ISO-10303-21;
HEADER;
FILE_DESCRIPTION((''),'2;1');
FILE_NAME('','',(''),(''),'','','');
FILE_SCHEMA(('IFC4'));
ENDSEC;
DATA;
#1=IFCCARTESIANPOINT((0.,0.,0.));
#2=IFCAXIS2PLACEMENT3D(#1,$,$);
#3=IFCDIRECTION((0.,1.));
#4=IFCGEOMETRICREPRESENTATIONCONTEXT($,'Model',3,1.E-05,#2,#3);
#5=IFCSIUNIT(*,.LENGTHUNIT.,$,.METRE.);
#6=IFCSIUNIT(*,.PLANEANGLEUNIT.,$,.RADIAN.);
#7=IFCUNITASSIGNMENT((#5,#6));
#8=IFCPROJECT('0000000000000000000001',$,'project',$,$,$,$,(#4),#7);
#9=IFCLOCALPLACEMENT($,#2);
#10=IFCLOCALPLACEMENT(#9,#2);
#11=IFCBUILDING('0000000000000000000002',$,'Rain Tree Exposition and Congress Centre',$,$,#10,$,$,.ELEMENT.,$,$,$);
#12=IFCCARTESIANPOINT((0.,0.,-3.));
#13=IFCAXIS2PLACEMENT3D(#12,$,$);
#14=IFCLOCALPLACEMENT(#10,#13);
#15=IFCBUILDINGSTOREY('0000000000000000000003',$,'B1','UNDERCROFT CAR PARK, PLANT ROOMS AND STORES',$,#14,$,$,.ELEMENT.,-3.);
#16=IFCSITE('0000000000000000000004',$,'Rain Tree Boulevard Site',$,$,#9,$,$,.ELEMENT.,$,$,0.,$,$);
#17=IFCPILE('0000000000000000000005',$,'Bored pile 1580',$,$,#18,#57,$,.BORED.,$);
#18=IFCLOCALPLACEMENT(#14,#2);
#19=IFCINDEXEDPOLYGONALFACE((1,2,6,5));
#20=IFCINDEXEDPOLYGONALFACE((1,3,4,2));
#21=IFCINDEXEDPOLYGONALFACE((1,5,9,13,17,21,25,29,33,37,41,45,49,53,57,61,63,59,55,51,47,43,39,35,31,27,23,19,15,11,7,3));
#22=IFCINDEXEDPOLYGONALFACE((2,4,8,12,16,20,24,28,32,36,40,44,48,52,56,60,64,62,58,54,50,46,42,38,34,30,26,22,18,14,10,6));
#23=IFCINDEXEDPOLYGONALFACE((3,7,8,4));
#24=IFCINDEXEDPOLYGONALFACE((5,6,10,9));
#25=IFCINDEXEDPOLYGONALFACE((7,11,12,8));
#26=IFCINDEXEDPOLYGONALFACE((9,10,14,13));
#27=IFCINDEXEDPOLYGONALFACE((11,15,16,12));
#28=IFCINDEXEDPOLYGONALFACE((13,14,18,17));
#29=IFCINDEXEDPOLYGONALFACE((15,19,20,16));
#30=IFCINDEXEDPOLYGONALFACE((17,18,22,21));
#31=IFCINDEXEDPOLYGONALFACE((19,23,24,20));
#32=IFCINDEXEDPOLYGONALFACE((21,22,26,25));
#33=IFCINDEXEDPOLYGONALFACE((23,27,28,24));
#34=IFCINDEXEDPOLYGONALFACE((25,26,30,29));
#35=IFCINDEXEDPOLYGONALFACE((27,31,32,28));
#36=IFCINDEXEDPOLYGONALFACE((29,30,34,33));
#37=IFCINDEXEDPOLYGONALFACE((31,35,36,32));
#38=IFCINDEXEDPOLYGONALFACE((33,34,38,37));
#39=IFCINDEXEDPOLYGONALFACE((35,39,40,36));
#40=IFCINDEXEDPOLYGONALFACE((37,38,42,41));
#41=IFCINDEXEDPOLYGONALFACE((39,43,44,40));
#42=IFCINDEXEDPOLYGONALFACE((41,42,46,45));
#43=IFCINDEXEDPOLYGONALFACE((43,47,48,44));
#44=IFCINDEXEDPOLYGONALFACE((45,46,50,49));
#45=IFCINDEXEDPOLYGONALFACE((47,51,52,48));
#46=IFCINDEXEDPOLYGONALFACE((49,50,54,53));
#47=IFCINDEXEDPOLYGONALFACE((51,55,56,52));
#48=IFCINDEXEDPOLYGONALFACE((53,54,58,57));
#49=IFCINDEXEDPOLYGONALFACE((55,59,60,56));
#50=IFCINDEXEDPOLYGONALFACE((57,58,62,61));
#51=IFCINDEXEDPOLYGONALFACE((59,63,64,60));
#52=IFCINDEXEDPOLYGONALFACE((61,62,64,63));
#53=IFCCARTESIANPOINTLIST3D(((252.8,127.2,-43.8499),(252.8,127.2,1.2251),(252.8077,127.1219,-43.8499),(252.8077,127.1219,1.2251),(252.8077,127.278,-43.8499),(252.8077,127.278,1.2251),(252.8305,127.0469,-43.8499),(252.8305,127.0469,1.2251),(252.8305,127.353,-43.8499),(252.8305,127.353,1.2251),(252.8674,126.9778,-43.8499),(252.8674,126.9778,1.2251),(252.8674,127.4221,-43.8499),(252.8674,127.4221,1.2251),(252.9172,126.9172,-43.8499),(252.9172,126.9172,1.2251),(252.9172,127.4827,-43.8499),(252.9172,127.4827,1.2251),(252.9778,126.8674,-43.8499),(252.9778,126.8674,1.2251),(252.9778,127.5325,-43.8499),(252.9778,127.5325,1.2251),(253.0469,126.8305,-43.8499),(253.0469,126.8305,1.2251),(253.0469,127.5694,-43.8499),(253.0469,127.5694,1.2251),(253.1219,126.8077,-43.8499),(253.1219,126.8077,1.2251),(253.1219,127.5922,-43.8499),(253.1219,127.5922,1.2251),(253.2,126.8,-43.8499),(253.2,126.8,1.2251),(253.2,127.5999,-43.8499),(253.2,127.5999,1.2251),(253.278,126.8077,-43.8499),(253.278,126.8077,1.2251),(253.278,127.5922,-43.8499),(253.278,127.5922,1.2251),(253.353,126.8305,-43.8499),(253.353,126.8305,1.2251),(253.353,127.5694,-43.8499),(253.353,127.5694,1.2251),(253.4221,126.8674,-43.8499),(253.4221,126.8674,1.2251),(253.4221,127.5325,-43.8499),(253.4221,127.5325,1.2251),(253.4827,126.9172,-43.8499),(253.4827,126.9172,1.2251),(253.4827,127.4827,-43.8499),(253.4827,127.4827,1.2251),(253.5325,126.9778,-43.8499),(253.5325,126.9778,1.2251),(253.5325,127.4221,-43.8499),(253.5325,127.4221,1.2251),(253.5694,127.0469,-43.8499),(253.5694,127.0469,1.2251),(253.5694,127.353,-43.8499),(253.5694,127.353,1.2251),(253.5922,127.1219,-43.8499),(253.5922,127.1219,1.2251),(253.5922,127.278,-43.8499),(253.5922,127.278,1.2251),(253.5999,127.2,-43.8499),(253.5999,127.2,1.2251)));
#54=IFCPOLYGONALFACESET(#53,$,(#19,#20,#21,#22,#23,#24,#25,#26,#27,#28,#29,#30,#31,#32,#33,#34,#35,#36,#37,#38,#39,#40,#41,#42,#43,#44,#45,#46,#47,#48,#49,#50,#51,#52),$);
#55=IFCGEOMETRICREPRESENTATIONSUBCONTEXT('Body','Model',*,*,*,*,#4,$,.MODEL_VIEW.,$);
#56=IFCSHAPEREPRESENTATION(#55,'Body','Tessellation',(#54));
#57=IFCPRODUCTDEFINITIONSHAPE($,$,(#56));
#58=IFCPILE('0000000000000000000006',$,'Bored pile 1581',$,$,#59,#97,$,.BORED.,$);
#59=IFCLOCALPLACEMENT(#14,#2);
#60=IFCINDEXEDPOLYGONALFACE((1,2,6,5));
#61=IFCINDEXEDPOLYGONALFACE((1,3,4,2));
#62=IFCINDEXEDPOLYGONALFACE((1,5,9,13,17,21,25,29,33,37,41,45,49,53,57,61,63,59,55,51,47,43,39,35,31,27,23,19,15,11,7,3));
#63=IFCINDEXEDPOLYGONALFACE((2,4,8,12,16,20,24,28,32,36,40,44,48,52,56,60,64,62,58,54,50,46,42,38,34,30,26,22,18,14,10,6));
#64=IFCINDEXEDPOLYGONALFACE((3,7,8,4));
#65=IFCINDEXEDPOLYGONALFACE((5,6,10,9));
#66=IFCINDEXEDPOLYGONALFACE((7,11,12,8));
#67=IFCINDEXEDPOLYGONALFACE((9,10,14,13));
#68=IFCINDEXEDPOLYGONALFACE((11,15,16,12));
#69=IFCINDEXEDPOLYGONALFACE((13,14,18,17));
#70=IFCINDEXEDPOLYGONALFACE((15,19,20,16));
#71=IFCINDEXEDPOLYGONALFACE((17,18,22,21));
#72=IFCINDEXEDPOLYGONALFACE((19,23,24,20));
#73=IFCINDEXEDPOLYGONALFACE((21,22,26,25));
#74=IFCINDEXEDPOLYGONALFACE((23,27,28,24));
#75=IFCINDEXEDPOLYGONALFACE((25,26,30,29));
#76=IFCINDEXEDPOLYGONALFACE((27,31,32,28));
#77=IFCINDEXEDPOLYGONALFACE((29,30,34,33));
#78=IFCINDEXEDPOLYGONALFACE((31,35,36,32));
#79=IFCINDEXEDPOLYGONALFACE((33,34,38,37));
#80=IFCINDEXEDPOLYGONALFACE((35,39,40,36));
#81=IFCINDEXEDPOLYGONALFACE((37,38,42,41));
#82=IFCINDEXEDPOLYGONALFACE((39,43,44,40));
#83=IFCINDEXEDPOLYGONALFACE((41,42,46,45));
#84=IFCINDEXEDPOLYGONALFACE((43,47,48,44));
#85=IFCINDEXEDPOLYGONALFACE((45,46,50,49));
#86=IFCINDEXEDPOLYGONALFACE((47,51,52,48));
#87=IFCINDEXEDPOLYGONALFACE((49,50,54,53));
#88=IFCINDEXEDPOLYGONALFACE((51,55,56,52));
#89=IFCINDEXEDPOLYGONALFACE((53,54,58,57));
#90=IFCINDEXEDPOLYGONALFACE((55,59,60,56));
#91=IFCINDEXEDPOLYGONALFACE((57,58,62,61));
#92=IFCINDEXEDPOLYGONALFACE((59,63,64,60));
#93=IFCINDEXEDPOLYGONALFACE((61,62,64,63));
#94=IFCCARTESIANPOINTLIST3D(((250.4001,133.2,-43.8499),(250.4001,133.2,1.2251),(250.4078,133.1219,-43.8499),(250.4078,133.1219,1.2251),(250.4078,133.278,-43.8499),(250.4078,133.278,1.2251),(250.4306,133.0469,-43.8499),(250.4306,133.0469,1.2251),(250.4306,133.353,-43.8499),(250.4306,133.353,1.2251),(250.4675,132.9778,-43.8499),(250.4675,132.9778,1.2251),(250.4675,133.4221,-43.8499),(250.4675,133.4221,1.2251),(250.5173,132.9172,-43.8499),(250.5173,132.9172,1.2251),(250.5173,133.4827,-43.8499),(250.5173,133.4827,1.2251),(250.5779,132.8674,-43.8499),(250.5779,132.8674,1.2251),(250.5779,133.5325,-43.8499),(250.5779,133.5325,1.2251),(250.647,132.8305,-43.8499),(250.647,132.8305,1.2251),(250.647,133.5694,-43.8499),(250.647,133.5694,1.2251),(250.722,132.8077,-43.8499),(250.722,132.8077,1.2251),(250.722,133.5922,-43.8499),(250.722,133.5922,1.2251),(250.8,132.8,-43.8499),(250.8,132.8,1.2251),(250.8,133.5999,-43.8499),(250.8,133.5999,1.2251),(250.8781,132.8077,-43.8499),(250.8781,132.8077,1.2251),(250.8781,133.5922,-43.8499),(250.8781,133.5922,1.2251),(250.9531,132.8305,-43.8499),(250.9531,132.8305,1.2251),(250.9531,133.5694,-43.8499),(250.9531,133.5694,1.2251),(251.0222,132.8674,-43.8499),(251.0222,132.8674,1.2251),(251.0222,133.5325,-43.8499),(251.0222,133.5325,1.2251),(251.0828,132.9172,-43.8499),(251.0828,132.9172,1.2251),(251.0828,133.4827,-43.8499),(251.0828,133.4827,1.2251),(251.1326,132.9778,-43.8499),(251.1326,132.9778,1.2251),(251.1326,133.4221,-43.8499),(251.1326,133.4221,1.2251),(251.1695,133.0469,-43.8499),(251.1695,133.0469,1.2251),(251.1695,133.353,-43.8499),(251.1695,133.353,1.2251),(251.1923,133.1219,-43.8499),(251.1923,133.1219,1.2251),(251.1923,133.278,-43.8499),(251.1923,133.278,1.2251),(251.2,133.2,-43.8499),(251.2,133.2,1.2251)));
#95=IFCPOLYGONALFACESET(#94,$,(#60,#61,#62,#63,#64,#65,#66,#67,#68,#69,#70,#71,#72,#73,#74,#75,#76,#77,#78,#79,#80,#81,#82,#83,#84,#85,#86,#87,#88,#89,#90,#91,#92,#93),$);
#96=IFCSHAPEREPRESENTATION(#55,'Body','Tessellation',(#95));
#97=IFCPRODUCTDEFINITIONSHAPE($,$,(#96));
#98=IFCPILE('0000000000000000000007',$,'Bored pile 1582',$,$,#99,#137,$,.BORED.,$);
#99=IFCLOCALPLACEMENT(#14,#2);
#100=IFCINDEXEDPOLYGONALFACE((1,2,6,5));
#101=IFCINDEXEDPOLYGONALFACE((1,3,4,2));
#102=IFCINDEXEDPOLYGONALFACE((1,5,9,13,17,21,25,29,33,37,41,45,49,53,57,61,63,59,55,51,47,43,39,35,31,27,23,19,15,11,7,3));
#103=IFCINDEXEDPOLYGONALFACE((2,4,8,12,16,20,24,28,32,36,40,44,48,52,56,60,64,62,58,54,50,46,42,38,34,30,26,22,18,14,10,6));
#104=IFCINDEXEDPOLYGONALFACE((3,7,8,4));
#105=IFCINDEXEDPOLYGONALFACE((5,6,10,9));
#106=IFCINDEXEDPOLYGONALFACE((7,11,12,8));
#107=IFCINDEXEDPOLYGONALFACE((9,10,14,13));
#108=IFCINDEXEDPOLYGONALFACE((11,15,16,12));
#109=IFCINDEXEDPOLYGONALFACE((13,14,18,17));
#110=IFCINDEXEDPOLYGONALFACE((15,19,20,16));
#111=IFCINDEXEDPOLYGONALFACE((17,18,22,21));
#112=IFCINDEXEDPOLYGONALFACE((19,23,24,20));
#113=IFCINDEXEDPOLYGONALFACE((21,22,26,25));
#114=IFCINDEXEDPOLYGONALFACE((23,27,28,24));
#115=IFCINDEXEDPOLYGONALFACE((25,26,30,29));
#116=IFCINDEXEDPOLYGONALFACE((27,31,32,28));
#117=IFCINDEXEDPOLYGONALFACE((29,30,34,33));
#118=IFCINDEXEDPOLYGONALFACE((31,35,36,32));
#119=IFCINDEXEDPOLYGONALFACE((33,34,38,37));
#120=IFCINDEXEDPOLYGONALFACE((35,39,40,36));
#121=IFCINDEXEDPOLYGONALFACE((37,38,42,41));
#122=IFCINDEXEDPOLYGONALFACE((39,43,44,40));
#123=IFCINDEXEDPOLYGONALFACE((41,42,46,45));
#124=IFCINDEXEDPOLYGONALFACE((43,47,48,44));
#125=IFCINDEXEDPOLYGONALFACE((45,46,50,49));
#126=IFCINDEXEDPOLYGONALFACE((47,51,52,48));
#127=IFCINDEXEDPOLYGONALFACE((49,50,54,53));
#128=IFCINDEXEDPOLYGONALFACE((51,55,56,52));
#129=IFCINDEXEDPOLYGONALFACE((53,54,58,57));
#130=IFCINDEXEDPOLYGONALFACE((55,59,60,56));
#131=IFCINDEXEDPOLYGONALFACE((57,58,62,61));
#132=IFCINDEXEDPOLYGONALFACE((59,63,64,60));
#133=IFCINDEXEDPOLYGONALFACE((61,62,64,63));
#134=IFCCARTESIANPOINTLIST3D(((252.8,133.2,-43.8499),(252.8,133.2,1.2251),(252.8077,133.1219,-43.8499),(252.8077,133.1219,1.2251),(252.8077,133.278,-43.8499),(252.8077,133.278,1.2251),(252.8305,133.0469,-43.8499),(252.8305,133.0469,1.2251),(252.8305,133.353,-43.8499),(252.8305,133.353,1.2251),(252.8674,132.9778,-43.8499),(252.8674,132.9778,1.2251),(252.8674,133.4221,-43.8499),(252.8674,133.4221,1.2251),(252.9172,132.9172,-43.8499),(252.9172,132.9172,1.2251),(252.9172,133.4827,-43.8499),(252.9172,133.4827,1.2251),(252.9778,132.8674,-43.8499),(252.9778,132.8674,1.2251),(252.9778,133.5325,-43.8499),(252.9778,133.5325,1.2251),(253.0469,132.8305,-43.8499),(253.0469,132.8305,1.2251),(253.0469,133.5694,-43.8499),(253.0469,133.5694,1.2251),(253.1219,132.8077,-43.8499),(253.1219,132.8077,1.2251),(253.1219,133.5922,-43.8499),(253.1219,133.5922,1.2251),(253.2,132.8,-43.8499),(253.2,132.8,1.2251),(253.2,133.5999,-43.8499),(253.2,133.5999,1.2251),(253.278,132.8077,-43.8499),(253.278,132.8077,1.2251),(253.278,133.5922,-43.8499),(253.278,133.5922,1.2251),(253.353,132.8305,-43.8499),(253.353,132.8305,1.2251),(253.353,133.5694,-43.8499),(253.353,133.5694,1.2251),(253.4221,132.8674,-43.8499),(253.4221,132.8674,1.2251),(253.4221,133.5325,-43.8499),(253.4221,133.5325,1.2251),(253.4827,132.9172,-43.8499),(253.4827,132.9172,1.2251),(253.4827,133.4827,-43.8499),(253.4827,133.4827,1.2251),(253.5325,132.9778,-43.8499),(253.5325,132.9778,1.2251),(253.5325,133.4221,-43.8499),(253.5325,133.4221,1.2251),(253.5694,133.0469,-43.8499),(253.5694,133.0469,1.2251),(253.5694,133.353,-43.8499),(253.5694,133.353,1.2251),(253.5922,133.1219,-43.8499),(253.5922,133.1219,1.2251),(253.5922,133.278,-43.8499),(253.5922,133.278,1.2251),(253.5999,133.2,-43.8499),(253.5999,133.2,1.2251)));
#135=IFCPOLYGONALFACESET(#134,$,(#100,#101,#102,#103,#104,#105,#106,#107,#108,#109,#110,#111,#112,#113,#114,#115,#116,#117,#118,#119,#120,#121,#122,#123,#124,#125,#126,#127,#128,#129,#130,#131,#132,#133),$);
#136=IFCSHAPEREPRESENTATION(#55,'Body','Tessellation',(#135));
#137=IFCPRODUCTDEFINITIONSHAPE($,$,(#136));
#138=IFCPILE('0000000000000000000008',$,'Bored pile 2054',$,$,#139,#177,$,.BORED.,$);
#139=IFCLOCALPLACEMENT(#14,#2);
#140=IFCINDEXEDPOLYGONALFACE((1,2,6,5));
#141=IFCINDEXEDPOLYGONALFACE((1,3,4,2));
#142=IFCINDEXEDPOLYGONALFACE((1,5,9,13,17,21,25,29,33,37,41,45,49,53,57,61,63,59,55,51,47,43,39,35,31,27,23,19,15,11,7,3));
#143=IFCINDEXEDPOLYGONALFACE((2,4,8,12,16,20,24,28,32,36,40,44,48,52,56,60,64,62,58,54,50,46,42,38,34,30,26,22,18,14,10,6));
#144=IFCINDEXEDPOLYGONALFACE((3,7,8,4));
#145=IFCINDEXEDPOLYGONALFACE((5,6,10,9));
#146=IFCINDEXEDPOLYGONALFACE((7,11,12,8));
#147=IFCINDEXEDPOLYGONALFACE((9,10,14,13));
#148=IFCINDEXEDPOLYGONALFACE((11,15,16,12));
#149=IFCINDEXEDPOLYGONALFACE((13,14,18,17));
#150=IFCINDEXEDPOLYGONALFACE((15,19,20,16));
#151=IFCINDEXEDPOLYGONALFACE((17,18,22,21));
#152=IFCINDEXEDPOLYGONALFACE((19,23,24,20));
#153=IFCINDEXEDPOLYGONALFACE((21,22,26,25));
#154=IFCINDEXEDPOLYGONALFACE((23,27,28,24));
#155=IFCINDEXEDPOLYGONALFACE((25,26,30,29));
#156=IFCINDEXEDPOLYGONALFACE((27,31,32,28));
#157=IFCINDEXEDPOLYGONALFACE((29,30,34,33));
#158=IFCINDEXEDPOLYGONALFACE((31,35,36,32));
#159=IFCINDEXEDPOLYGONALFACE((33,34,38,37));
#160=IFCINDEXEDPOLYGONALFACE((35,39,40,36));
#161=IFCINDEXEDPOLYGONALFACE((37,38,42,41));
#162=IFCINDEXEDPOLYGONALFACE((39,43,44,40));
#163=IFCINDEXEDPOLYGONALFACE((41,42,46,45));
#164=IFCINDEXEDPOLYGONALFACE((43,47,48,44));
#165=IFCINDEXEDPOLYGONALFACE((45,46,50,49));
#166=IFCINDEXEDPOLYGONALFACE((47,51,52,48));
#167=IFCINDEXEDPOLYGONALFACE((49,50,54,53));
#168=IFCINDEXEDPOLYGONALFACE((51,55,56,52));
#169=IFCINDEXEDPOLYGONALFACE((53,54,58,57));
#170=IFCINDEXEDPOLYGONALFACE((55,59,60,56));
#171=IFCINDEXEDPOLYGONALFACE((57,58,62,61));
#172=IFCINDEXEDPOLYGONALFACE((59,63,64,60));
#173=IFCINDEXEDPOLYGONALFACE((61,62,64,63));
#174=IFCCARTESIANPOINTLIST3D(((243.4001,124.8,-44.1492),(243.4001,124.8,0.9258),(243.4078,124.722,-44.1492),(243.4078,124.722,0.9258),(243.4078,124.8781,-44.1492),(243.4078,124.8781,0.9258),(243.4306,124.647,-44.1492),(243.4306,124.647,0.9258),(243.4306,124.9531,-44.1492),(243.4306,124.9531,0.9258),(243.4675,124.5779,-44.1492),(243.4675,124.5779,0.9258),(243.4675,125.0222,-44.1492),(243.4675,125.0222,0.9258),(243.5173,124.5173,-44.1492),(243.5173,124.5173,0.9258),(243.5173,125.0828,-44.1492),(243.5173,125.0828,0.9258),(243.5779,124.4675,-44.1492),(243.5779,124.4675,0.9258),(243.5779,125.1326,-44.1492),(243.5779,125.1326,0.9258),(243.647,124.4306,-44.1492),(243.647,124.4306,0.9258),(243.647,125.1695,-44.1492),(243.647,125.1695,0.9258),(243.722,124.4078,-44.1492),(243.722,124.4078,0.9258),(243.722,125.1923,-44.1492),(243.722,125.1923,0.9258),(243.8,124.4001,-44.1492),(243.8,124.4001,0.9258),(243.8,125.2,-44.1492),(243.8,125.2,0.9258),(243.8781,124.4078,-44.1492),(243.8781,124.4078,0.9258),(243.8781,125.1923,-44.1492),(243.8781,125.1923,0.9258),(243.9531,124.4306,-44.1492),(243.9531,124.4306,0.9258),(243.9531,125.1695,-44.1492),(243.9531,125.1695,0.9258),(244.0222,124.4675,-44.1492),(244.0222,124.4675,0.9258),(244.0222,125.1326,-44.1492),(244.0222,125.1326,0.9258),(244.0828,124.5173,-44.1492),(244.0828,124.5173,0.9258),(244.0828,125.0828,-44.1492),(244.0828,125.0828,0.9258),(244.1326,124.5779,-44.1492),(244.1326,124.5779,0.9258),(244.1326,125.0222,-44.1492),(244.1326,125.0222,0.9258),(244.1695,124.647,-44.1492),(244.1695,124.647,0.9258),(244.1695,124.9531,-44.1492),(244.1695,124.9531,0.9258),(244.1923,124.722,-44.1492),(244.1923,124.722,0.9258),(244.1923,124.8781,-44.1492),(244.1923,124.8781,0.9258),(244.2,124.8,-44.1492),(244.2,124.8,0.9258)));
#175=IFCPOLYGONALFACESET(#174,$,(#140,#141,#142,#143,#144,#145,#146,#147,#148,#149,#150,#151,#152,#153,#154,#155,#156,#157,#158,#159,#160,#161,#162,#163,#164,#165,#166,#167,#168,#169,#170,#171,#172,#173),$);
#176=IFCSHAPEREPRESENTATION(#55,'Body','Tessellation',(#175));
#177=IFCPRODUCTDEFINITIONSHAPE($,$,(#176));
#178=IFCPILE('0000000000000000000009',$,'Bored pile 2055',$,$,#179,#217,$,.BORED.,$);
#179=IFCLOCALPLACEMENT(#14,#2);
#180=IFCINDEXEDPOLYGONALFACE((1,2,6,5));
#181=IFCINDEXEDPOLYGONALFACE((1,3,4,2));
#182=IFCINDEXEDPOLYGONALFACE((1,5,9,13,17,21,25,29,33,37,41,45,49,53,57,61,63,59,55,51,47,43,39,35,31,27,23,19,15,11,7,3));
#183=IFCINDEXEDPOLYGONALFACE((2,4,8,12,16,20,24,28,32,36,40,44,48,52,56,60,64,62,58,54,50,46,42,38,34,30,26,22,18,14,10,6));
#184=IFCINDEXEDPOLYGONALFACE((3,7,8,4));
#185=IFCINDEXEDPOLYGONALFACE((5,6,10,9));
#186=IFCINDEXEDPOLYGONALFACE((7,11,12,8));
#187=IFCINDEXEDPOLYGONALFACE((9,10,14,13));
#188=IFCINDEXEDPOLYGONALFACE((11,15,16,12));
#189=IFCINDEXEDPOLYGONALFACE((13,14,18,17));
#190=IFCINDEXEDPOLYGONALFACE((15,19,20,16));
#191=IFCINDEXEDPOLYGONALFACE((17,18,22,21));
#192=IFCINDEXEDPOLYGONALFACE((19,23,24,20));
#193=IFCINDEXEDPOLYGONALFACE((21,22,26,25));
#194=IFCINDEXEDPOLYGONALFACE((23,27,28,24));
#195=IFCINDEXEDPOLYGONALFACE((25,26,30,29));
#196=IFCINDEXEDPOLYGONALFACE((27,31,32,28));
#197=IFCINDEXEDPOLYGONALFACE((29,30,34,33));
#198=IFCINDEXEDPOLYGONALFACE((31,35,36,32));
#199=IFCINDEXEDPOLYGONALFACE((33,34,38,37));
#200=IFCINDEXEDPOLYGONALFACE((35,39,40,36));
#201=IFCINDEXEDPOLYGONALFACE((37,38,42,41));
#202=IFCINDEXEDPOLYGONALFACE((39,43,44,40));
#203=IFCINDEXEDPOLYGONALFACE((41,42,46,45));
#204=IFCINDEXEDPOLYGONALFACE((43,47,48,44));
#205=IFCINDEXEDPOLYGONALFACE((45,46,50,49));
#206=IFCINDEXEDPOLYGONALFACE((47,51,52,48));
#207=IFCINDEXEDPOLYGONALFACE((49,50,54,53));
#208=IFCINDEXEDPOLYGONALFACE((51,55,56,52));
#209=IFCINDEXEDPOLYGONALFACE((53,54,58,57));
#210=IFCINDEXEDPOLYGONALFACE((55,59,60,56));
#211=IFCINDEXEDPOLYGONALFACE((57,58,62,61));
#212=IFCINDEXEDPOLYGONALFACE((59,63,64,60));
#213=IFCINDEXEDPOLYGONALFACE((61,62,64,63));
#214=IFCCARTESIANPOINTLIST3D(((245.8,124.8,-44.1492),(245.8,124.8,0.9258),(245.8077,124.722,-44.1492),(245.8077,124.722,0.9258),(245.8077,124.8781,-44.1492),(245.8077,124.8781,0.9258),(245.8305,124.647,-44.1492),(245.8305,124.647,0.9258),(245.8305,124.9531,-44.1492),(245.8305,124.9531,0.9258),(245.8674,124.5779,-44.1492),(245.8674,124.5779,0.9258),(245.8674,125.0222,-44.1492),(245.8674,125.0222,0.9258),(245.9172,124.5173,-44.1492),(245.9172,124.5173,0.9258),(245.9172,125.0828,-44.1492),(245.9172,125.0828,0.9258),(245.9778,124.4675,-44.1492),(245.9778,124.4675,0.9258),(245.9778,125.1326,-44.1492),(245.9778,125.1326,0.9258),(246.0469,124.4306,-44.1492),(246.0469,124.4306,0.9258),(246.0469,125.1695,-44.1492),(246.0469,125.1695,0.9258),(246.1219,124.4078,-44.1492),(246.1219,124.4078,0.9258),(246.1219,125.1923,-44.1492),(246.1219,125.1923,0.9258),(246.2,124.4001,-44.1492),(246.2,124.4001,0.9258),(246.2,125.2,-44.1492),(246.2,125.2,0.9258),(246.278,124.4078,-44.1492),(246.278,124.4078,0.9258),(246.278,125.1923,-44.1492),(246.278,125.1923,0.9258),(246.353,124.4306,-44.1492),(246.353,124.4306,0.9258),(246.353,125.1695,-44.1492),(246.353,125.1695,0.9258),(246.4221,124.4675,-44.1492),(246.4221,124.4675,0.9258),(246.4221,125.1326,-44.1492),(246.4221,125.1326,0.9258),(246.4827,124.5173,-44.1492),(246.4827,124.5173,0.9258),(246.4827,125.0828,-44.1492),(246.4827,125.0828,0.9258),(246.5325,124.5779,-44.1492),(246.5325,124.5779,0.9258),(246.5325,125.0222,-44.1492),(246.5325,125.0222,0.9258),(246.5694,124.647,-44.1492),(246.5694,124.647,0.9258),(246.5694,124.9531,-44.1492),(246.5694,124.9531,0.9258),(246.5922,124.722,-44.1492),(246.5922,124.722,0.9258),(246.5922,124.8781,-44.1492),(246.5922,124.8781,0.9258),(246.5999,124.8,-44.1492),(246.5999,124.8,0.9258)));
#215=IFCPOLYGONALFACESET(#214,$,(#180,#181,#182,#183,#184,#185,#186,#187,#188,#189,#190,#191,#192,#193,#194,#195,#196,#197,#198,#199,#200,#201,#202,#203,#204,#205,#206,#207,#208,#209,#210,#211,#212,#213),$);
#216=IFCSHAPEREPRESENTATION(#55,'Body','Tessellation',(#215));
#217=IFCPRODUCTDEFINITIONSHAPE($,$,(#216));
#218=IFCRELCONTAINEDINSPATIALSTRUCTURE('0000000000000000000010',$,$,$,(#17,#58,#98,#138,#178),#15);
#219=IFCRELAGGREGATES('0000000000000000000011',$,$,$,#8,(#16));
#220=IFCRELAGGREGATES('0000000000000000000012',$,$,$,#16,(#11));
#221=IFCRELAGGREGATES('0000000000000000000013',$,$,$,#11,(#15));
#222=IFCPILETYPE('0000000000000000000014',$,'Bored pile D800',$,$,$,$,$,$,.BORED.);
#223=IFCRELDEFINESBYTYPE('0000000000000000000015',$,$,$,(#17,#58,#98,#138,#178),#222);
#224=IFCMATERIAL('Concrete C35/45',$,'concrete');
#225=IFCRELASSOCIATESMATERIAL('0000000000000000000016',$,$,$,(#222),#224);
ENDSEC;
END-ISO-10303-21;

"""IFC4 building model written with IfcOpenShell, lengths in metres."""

from ifc_helpers import new_model, si_unit, direction, frame, origin, origin_2d, place, context, subcontext, project, spatial, circle, extrude, material, material_profile, profile_set, type_object, element, save


model = new_model("IFC4")

# Units and contexts
model_context = context("Model", 3, precision=1e-05, world=origin(), true_north=direction((0.0, 1.0)))
body_context = subcontext(model_context, "Body", "Model", "MODEL_VIEW")
ifc_project = project(units=[si_unit("LENGTHUNIT", "METRE"), si_unit("PLANEANGLEUNIT", "RADIAN")], contexts=[model_context])

# Site, building, storey
site_placement = place(None, origin())
site = spatial("IfcSite", under=ifc_project, at=site_placement, Name="Rain Tree Boulevard Site", CompositionType="ELEMENT", RefElevation=0.0)
building_placement = place(site_placement, origin())
building = spatial("IfcBuilding", under=site, at=building_placement, Name="Rain Tree Exposition and Congress Centre", CompositionType="ELEMENT")
storey_placement = place(building_placement, frame((0.0, 0.0, -3.0)))
storey = spatial("IfcBuildingStorey", under=building, at=storey_placement, Name="B1", Description="UNDERCROFT CAR PARK, PLANT ROOMS AND STORES", CompositionType="ELEMENT", Elevation=-3.0)

# Piles
ifc_material_1 = material(Name="Concrete C35/45", Category="concrete")
ifc_material_profile_1 = material_profile(ifc_material_1, circle(Radius=0.3999, at=origin_2d()), Name="D800")
ifc_profile_set_1 = profile_set([ifc_material_profile_1], Name="Concrete C35/45")
pile_type_1 = type_object("IfcPileType", Name="Bored pile D800", PredefinedType="BORED", material=ifc_profile_set_1)
for number, where, z_axis, x_axis, name in (
    (1, (253.2, 127.2, 1.2251), (0.0, 0.0, -1.0), (1.0, 0.0, 0.0), "Bored pile 1580"),
    (2, (250.8, 133.2, 1.2251), (0.0, 0.0, -1.0), (1.0, 0.0, 0.0), "Bored pile 1581"),
    (3, (253.2, 133.2, 1.2251), (0.0, 0.0, -1.0), (1.0, 0.0, 0.0), "Bored pile 1582"),
    (4, (243.8, 124.8, 0.9258), (0.0, 0.0, -1.0), (1.0, 0.0, 0.0), "Bored pile 2054"),
    (5, (246.2, 124.8, 0.9258), (0.0, 0.0, -1.0), (1.0, 0.0, 0.0), "Bored pile 2055"),
):
    element("IfcPile", number, at=place(storey_placement, frame(where, z_axis=z_axis, x_axis=x_axis)), inside=storey, type_object=pile_type_1, Name=name, PredefinedType="BORED", context=body_context, shape_type="SweptSolid", body=[
        extrude(circle(Radius=0.3999, at=origin_2d()), origin(), (0.0, 0.0, 1.0), 45.075),
    ])

save(model, "model.ifc")
